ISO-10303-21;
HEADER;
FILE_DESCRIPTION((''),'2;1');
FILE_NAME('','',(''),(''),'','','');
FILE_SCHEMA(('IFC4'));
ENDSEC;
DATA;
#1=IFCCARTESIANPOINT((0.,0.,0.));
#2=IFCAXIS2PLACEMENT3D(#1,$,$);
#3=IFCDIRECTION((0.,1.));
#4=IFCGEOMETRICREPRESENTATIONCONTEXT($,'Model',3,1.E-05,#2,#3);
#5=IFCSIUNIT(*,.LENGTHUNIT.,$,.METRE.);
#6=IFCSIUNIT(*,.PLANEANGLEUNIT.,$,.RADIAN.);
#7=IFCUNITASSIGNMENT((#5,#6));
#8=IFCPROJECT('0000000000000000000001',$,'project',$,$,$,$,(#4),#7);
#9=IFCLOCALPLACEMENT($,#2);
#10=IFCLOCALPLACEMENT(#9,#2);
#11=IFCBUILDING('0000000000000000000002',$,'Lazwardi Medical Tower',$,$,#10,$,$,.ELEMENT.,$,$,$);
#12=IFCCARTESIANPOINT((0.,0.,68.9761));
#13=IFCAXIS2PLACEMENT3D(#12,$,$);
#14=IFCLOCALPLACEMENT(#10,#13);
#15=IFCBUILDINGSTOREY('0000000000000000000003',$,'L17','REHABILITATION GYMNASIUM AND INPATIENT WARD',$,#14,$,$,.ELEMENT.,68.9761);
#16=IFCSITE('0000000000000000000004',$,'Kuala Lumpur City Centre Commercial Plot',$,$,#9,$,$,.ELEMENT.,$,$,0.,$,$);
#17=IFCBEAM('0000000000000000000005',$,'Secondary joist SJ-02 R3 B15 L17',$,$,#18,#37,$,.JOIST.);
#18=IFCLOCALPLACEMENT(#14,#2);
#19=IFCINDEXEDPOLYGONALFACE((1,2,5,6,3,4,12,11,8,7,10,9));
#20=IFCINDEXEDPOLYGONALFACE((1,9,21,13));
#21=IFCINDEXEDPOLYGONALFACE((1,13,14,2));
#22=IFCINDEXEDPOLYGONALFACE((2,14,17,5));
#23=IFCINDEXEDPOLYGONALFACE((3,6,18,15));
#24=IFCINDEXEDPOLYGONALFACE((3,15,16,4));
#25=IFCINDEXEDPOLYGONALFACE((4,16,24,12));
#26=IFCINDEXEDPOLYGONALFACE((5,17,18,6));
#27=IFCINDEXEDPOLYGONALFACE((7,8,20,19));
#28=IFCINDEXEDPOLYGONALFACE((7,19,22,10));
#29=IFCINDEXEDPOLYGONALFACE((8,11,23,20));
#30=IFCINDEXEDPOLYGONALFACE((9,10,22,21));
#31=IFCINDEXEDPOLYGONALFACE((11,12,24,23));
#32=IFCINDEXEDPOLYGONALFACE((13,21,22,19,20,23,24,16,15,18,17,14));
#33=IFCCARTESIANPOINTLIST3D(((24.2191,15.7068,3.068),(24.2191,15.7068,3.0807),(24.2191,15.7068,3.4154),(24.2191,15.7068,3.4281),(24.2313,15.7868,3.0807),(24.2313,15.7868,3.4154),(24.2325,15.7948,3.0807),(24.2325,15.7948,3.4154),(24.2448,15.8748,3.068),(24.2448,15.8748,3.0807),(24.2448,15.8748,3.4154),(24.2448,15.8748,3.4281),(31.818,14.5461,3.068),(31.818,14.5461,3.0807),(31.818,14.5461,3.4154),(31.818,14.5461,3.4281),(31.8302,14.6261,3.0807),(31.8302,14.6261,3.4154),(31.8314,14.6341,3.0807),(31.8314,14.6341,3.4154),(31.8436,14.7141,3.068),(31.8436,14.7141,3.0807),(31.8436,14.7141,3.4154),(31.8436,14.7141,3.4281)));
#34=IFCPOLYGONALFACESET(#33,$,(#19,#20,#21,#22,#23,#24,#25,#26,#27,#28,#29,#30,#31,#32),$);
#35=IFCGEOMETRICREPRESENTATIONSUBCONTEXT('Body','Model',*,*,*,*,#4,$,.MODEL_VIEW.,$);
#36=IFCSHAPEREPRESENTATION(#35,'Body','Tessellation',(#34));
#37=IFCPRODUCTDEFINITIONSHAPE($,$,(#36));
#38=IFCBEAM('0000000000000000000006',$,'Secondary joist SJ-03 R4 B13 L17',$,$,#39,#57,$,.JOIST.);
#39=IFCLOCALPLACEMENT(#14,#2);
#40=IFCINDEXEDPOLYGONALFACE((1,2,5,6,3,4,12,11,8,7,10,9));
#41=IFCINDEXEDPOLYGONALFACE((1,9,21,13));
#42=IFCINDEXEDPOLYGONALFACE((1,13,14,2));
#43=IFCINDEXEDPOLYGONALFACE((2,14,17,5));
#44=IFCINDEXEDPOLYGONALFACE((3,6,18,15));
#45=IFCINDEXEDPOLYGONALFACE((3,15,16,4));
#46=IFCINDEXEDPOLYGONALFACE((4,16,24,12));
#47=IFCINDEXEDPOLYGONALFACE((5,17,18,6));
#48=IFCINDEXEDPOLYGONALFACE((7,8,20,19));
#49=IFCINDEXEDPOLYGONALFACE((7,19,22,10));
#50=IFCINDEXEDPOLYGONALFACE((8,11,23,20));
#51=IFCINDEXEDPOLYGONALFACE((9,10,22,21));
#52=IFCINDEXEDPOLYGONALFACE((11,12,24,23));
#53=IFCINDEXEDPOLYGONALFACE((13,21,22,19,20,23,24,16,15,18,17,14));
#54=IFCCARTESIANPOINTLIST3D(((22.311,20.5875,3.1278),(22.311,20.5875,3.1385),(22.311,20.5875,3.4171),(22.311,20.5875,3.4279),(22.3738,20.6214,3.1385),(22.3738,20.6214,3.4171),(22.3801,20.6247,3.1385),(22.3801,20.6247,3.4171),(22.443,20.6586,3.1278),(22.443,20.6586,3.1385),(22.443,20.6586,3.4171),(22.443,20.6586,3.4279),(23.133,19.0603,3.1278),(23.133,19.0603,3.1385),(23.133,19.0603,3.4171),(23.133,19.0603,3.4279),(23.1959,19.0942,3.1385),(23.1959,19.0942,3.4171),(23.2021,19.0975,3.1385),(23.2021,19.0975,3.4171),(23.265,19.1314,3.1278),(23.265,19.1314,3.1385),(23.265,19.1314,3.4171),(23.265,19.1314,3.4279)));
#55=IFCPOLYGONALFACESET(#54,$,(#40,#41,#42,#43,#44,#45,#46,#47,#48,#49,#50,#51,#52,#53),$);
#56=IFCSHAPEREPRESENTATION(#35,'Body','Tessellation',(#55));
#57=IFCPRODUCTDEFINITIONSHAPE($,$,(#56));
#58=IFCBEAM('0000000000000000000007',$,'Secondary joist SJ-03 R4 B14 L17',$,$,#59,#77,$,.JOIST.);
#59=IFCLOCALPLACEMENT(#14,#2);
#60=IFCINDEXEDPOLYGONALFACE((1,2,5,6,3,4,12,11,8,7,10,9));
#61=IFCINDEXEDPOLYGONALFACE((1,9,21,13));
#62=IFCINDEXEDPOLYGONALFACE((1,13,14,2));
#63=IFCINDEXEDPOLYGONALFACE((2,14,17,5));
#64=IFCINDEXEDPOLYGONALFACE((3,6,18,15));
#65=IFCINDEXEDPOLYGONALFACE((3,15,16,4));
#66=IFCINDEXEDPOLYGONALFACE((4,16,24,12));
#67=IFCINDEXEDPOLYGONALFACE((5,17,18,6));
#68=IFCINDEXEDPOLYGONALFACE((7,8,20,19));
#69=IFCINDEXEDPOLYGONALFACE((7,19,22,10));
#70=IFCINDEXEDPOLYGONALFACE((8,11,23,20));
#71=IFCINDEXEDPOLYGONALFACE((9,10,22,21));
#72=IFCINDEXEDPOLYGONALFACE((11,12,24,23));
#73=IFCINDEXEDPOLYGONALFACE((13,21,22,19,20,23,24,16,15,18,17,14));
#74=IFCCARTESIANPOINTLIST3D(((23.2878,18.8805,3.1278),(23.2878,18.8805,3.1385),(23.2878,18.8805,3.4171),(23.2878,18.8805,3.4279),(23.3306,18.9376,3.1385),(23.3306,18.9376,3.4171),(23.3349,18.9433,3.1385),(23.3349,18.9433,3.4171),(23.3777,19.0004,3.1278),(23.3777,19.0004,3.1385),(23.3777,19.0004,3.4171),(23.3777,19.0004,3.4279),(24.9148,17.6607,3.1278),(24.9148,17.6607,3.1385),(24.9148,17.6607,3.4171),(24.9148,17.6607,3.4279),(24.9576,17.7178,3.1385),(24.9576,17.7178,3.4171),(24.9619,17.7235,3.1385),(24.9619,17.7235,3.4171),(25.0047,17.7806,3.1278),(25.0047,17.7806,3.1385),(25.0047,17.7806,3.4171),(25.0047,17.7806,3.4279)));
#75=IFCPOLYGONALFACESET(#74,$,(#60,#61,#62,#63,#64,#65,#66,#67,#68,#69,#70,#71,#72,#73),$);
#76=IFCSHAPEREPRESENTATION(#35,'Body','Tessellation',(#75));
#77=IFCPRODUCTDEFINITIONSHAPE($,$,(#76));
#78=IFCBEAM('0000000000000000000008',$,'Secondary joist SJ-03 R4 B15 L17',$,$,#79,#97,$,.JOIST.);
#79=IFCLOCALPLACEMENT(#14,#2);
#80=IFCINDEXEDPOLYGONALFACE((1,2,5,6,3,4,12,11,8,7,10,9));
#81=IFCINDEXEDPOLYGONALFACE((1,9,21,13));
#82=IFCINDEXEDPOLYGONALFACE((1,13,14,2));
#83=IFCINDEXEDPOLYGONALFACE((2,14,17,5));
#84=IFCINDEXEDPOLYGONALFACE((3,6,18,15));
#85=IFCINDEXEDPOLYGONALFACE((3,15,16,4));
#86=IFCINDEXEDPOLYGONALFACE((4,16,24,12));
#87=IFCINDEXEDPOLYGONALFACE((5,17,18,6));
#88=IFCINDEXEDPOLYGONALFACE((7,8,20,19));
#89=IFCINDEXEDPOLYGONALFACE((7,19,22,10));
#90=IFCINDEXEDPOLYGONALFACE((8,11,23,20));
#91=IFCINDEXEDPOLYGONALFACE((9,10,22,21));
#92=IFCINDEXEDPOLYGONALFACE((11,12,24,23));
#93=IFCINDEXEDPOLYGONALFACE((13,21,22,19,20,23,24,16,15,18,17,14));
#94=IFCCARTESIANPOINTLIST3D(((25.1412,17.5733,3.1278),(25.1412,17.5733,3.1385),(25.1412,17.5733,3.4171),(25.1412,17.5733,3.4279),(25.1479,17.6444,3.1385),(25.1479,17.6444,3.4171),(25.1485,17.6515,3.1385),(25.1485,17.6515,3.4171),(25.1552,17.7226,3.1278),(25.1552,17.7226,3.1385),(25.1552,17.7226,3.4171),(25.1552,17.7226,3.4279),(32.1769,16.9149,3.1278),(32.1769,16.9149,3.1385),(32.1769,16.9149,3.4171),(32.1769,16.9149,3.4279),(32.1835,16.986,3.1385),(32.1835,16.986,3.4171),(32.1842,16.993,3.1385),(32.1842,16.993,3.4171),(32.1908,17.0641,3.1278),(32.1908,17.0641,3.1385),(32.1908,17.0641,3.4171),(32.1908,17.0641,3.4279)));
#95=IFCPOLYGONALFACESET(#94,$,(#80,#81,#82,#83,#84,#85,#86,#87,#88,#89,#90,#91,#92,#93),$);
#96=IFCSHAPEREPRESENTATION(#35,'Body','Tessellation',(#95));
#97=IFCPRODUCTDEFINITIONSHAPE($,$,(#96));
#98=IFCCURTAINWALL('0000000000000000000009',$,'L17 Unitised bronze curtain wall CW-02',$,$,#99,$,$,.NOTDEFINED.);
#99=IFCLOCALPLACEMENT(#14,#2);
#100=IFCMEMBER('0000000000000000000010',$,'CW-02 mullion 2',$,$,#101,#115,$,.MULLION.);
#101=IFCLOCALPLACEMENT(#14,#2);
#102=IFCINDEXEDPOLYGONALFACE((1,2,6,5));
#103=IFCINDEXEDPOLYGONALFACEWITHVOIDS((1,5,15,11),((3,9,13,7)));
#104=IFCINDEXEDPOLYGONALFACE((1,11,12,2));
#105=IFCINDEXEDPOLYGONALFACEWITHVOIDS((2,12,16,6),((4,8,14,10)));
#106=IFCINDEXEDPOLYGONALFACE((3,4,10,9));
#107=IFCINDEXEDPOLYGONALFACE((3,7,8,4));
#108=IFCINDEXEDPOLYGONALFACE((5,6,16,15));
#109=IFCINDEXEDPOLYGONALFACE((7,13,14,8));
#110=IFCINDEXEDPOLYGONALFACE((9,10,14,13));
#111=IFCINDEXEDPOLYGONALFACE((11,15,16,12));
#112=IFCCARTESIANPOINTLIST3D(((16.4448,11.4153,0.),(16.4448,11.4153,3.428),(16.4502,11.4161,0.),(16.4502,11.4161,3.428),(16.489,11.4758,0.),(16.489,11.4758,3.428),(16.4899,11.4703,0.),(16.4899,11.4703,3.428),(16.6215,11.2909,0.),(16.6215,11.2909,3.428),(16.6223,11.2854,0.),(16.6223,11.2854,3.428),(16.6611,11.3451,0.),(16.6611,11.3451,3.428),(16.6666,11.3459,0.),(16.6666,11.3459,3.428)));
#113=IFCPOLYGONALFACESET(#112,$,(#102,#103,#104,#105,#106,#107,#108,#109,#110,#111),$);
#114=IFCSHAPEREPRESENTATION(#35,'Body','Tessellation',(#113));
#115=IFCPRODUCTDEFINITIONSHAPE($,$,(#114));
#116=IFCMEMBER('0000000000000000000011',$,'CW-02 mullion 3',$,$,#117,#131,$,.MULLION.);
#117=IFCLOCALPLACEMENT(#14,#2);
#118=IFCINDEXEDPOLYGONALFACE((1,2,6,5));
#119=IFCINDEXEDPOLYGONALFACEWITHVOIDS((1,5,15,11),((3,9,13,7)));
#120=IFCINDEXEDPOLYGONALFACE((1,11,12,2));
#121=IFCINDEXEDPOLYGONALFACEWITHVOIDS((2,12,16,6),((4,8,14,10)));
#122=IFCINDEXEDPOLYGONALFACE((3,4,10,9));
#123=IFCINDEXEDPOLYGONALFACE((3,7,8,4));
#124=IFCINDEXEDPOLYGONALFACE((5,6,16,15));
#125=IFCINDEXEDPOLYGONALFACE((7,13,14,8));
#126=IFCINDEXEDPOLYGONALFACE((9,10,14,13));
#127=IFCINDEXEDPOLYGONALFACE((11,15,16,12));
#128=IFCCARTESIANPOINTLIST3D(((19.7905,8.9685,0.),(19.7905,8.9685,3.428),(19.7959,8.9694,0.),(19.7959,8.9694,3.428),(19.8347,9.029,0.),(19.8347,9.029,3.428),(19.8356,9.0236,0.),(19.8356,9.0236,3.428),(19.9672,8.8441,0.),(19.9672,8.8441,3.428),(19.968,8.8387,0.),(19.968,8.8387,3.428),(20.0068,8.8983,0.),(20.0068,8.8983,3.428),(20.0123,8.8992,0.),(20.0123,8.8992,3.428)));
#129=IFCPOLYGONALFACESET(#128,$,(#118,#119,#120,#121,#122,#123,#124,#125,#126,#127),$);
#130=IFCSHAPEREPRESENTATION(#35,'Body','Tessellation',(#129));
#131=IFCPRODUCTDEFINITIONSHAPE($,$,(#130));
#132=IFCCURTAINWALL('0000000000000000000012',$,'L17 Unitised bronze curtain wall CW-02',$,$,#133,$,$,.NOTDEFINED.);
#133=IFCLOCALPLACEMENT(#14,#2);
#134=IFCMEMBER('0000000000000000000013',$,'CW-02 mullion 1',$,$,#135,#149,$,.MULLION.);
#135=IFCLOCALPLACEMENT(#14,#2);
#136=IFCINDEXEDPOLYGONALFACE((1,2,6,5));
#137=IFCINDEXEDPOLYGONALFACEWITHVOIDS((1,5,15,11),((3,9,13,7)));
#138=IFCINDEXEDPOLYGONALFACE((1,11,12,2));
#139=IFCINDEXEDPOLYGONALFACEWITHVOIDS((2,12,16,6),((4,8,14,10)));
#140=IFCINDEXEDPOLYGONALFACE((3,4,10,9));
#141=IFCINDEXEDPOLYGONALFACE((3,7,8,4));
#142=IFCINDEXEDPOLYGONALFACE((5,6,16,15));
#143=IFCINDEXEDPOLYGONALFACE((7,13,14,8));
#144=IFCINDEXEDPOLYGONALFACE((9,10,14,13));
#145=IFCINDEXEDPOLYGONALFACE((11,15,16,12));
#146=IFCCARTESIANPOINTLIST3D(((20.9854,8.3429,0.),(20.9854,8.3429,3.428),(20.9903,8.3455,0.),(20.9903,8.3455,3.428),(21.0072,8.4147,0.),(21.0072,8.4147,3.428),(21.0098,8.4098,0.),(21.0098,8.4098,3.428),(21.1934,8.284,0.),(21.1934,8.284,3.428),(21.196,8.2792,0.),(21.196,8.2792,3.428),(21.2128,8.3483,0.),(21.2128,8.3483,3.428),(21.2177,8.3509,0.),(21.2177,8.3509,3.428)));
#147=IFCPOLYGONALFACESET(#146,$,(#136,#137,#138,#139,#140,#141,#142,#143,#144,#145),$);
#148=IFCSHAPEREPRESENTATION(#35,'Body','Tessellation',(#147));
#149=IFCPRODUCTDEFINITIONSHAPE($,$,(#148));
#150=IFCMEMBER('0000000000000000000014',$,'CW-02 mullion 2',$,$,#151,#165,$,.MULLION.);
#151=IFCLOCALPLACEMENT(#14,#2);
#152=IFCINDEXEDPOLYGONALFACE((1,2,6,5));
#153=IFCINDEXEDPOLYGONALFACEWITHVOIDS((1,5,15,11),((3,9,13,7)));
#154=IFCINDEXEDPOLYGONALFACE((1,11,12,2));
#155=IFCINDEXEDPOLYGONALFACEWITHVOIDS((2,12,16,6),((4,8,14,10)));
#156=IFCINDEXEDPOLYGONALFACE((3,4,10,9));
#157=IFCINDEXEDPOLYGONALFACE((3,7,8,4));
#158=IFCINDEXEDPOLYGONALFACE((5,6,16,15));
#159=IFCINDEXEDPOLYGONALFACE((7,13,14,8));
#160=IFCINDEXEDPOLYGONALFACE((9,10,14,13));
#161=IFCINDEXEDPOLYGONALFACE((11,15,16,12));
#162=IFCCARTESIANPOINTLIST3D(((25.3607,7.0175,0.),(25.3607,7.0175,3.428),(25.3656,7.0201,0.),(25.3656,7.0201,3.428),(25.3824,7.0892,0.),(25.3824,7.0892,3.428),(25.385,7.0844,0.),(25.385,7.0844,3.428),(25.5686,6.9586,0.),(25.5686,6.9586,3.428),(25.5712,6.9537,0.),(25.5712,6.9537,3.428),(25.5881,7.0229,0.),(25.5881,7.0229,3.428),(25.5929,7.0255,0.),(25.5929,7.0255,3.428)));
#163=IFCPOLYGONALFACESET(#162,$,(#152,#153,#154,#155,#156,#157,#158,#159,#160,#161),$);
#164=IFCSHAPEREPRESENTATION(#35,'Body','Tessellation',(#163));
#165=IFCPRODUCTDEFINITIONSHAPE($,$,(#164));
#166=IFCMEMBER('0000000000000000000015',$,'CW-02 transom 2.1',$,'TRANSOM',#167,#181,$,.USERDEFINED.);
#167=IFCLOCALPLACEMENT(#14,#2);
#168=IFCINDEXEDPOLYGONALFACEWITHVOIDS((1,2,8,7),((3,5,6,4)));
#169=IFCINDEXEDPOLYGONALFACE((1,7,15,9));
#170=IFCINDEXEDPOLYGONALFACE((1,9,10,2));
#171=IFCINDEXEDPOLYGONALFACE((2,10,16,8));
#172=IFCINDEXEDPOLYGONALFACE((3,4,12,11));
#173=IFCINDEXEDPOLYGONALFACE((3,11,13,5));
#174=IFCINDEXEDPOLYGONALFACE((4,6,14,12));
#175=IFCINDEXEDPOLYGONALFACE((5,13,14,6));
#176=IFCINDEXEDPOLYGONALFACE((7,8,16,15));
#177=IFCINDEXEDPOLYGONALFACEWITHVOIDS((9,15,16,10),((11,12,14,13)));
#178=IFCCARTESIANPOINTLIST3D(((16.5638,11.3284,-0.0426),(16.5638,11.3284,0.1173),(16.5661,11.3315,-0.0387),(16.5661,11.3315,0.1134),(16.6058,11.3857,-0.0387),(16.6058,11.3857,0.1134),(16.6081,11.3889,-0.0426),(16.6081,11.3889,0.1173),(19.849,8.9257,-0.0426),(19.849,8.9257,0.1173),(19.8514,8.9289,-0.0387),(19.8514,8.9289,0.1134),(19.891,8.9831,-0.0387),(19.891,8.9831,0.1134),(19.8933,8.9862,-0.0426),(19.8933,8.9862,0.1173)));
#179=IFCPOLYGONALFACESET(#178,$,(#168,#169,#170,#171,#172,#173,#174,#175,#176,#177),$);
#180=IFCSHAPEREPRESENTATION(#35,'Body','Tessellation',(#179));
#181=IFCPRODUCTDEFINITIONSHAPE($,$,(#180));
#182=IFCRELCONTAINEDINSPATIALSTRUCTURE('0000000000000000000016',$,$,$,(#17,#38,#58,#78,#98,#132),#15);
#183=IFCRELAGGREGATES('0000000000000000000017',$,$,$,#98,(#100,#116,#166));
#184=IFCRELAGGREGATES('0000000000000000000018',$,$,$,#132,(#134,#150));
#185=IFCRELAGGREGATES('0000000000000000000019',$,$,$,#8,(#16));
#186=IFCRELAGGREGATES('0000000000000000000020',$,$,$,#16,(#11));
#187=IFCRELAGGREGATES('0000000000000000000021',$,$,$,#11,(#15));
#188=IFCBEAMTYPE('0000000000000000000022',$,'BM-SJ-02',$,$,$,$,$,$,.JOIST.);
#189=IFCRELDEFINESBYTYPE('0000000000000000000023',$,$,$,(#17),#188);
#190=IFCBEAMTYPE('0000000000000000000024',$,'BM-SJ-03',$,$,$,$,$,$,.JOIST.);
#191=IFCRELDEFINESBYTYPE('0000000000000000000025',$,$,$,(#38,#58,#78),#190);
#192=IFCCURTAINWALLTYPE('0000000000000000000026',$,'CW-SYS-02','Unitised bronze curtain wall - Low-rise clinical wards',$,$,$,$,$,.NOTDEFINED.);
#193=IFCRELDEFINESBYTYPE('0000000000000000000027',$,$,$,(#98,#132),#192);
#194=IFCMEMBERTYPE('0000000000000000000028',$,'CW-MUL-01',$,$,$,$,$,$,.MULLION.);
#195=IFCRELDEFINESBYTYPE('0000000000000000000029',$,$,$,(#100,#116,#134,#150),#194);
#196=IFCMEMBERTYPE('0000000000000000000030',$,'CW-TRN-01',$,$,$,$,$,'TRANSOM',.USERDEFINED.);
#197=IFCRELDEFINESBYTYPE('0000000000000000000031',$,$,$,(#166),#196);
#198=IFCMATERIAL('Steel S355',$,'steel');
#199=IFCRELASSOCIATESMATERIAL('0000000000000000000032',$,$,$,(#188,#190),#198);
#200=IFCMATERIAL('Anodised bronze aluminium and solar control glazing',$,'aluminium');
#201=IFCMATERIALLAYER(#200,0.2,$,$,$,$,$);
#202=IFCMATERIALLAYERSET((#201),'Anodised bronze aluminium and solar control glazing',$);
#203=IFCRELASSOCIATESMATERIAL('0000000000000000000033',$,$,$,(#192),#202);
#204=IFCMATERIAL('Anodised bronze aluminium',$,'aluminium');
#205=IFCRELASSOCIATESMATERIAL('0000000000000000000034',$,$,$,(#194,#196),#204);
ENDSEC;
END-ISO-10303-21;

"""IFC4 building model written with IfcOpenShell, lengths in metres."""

from ifc_helpers import new_model, si_unit, direction, frame, origin, origin_2d, place, context, subcontext, project, spatial, hollow_rectangle, i_section, extrude, material, layer, layer_set, material_profile, profile_set, type_object, element, aggregate, save


model = new_model("IFC4")

# Units and contexts
model_context = context("Model", 3, precision=1e-05, world=origin(), true_north=direction((0.0, 1.0)))
body_context = subcontext(model_context, "Body", "Model", "MODEL_VIEW")
ifc_project = project(units=[si_unit("LENGTHUNIT", "METRE"), si_unit("PLANEANGLEUNIT", "RADIAN")], contexts=[model_context])

# Site, building, storey
site_placement = place(None, origin())
site = spatial("IfcSite", under=ifc_project, at=site_placement, Name="Kuala Lumpur City Centre Commercial Plot", CompositionType="ELEMENT", RefElevation=0.0)
building_placement = place(site_placement, origin())
building = spatial("IfcBuilding", under=site, at=building_placement, Name="Lazwardi Medical Tower", CompositionType="ELEMENT")
storey_placement = place(building_placement, frame((0.0, 0.0, 68.9761)))
storey = spatial("IfcBuildingStorey", under=building, at=storey_placement, Name="L17", Description="REHABILITATION GYMNASIUM AND INPATIENT WARD", CompositionType="ELEMENT", Elevation=68.9761)

# Beams
ifc_material_1 = material(Name="Steel S355", Category="steel")
ifc_material_profile_1 = material_profile(ifc_material_1, i_section(OverallWidth=0.1699, OverallDepth=0.3601, WebThickness=0.0081, FlangeThickness=0.0127, at=origin_2d()), Name="IPE 360")
ifc_profile_set_1 = profile_set([ifc_material_profile_1], Name="Steel S355")
beam_type_1 = type_object("IfcBeamType", Name="BM-SJ-02", PredefinedType="JOIST", material=ifc_profile_set_1)
beam_1_placement = place(storey_placement, frame((24.2319, 15.7908, 3.248), z_axis=(0.988536, -0.150988, 0.0), x_axis=(0.150988, 0.988536, 0.0)))
element("IfcBeam", 1, at=beam_1_placement, inside=storey, type_object=beam_type_1, Name="Secondary joist SJ-02 R3 B15 L17", PredefinedType="JOIST", context=body_context, shape_type="SweptSolid", body=[
    extrude(i_section(OverallWidth=0.1699, OverallDepth=0.3601, WebThickness=0.0081, FlangeThickness=0.0127, at=origin_2d()), origin(), (0.0, 0.0, 1.0), 7.687),
])
ifc_material_profile_2 = material_profile(ifc_material_1, i_section(OverallWidth=0.1499, OverallDepth=0.3, WebThickness=0.0071, FlangeThickness=0.0107, at=origin_2d()), Name="IPE 300")
ifc_profile_set_2 = profile_set([ifc_material_profile_2], Name="Steel S355")
beam_type_2 = type_object("IfcBeamType", Name="BM-SJ-03", PredefinedType="JOIST", material=ifc_profile_set_2)
beam_2_placement = place(storey_placement, frame((22.377, 20.623, 3.2778), z_axis=(0.473982, -0.880534, 0.0), x_axis=(0.880534, 0.473982, 0.0)))
element("IfcBeam", 2, at=beam_2_placement, inside=storey, type_object=beam_type_2, Name="Secondary joist SJ-03 R4 B13 L17", PredefinedType="JOIST", context=body_context, shape_type="SweptSolid", body=[
    extrude(i_section(OverallWidth=0.1499, OverallDepth=0.3, WebThickness=0.0071, FlangeThickness=0.0107, at=origin_2d()), origin(), (0.0, 0.0, 1.0), 1.7344),
])
beam_3_placement = place(storey_placement, frame((23.3328, 18.9404, 3.2778), z_axis=(0.800115, -0.599846, 0.0), x_axis=(0.599846, 0.800115, 0.0)))
element("IfcBeam", 3, at=beam_3_placement, inside=storey, type_object=beam_type_2, Name="Secondary joist SJ-03 R4 B14 L17", PredefinedType="JOIST", context=body_context, shape_type="SweptSolid", body=[
    extrude(i_section(OverallWidth=0.1499, OverallDepth=0.3, WebThickness=0.0071, FlangeThickness=0.0107, at=origin_2d()), origin(), (0.0, 0.0, 1.0), 2.0334),
])
beam_4_placement = place(storey_placement, frame((25.1482, 17.6479, 3.2778), z_axis=(0.995649, -0.09318, 0.0), x_axis=(0.09318, 0.995649, 0.0)))
element("IfcBeam", 4, at=beam_4_placement, inside=storey, type_object=beam_type_2, Name="Secondary joist SJ-03 R4 B15 L17", PredefinedType="JOIST", context=body_context, shape_type="SweptSolid", body=[
    extrude(i_section(OverallWidth=0.1499, OverallDepth=0.3, WebThickness=0.0071, FlangeThickness=0.0107, at=origin_2d()), origin(), (0.0, 0.0, 1.0), 7.0664),
])

# Curtain walls, members
ifc_material_2 = material(Name="Anodised bronze aluminium and solar control glazing", Category="aluminium")
ifc_layer_1 = layer(ifc_material_2, 0.2)
ifc_layer_set_1 = layer_set([ifc_layer_1], Name="Anodised bronze aluminium and solar control glazing")
curtain_wall_type = type_object("IfcCurtainWallType", Name="CW-SYS-02", Description="Unitised bronze curtain wall - Low-rise clinical wards", PredefinedType="NOTDEFINED", material=ifc_layer_set_1)
curtain_wall_1_placement = place(storey_placement, origin())
curtain_wall_1 = element("IfcCurtainWall", 5, at=curtain_wall_1_placement, inside=storey, type_object=curtain_wall_type, Name="L17 Unitised bronze curtain wall CW-02", PredefinedType="NOTDEFINED")
ifc_material_3 = material(Name="Anodised bronze aluminium", Category="aluminium")
ifc_material_profile_3 = material_profile(ifc_material_3, hollow_rectangle(XDim=0.075, YDim=0.22, WallThickness=0.0039, at=origin_2d()), Name="ALU-MULLION 220x75x4")
ifc_profile_set_3 = profile_set([ifc_material_profile_3], Name="Anodised bronze aluminium")
member_type_1 = type_object("IfcMemberType", Name="CW-MUL-01", PredefinedType="MULLION", material=ifc_profile_set_3)
member_1_placement = place(storey_placement, frame((16.5557, 11.3806, 0.0), z_axis=(0.0, 0.0, 1.0), x_axis=(0.590289, 0.807192, 0.0)))
member_1 = element("IfcMember", 6, at=member_1_placement, type_object=member_type_1, Name="CW-02 mullion 2", PredefinedType="MULLION", context=body_context, shape_type="SweptSolid", body=[
    extrude(hollow_rectangle(XDim=0.075, YDim=0.22, WallThickness=0.0039, at=origin_2d()), origin(), (0.0, 0.0, 1.0), 3.428),
])
member_2_placement = place(storey_placement, frame((19.9014, 8.9338, 0.0), z_axis=(0.0, 0.0, 1.0), x_axis=(0.590289, 0.807192, 0.0)))
member_2 = element("IfcMember", 7, at=member_2_placement, type_object=member_type_1, Name="CW-02 mullion 3", PredefinedType="MULLION", context=body_context, shape_type="SweptSolid", body=[
    extrude(hollow_rectangle(XDim=0.075, YDim=0.22, WallThickness=0.0039, at=origin_2d()), origin(), (0.0, 0.0, 1.0), 3.428),
])
curtain_wall_2_placement = place(storey_placement, origin())
curtain_wall_2 = element("IfcCurtainWall", 8, at=curtain_wall_2_placement, inside=storey, type_object=curtain_wall_type, Name="L17 Unitised bronze curtain wall CW-02", PredefinedType="NOTDEFINED")
member_3_placement = place(storey_placement, frame((21.1016, 8.3469, 0.0), z_axis=(0.0, 0.0, 1.0), x_axis=(0.289896, 0.957058, 0.0)))
member_3 = element("IfcMember", 9, at=member_3_placement, type_object=member_type_1, Name="CW-02 mullion 1", PredefinedType="MULLION", context=body_context, shape_type="SweptSolid", body=[
    extrude(hollow_rectangle(XDim=0.075, YDim=0.22, WallThickness=0.0039, at=origin_2d()), origin(), (0.0, 0.0, 1.0), 3.428),
])
member_4_placement = place(storey_placement, frame((25.4768, 7.0215, 0.0), z_axis=(0.0, 0.0, 1.0), x_axis=(0.289896, 0.957058, 0.0)))
member_4 = element("IfcMember", 10, at=member_4_placement, type_object=member_type_1, Name="CW-02 mullion 2", PredefinedType="MULLION", context=body_context, shape_type="SweptSolid", body=[
    extrude(hollow_rectangle(XDim=0.075, YDim=0.22, WallThickness=0.0039, at=origin_2d()), origin(), (0.0, 0.0, 1.0), 3.428),
])

# Member
ifc_material_profile_4 = material_profile(ifc_material_3, hollow_rectangle(XDim=0.075, YDim=0.1599, WallThickness=0.0039, at=origin_2d()), Name="ALU-TRANSOM 160x75x4")
ifc_profile_set_4 = profile_set([ifc_material_profile_4], Name="Anodised bronze aluminium")
member_type_2 = type_object("IfcMemberType", Name="CW-TRN-01", ElementType="TRANSOM", PredefinedType="USERDEFINED", material=ifc_profile_set_4)
member_5_placement = place(storey_placement, frame((16.5859, 11.3586, 0.0374), z_axis=(0.807169, -0.59032, 0.0), x_axis=(0.59032, 0.807169, 0.0)))
member_5 = element("IfcMember", 11, at=member_5_placement, type_object=member_type_2, Name="CW-02 transom 2.1", ObjectType="TRANSOM", PredefinedType="USERDEFINED", context=body_context, shape_type="SweptSolid", body=[
    extrude(hollow_rectangle(XDim=0.075, YDim=0.1599, WallThickness=0.0039, at=origin_2d()), origin(), (0.0, 0.0, 1.0), 4.0701),
])

aggregate(curtain_wall_1, [member_1, member_2, member_5])
aggregate(curtain_wall_2, [member_3, member_4])

save(model, "model.ifc")
